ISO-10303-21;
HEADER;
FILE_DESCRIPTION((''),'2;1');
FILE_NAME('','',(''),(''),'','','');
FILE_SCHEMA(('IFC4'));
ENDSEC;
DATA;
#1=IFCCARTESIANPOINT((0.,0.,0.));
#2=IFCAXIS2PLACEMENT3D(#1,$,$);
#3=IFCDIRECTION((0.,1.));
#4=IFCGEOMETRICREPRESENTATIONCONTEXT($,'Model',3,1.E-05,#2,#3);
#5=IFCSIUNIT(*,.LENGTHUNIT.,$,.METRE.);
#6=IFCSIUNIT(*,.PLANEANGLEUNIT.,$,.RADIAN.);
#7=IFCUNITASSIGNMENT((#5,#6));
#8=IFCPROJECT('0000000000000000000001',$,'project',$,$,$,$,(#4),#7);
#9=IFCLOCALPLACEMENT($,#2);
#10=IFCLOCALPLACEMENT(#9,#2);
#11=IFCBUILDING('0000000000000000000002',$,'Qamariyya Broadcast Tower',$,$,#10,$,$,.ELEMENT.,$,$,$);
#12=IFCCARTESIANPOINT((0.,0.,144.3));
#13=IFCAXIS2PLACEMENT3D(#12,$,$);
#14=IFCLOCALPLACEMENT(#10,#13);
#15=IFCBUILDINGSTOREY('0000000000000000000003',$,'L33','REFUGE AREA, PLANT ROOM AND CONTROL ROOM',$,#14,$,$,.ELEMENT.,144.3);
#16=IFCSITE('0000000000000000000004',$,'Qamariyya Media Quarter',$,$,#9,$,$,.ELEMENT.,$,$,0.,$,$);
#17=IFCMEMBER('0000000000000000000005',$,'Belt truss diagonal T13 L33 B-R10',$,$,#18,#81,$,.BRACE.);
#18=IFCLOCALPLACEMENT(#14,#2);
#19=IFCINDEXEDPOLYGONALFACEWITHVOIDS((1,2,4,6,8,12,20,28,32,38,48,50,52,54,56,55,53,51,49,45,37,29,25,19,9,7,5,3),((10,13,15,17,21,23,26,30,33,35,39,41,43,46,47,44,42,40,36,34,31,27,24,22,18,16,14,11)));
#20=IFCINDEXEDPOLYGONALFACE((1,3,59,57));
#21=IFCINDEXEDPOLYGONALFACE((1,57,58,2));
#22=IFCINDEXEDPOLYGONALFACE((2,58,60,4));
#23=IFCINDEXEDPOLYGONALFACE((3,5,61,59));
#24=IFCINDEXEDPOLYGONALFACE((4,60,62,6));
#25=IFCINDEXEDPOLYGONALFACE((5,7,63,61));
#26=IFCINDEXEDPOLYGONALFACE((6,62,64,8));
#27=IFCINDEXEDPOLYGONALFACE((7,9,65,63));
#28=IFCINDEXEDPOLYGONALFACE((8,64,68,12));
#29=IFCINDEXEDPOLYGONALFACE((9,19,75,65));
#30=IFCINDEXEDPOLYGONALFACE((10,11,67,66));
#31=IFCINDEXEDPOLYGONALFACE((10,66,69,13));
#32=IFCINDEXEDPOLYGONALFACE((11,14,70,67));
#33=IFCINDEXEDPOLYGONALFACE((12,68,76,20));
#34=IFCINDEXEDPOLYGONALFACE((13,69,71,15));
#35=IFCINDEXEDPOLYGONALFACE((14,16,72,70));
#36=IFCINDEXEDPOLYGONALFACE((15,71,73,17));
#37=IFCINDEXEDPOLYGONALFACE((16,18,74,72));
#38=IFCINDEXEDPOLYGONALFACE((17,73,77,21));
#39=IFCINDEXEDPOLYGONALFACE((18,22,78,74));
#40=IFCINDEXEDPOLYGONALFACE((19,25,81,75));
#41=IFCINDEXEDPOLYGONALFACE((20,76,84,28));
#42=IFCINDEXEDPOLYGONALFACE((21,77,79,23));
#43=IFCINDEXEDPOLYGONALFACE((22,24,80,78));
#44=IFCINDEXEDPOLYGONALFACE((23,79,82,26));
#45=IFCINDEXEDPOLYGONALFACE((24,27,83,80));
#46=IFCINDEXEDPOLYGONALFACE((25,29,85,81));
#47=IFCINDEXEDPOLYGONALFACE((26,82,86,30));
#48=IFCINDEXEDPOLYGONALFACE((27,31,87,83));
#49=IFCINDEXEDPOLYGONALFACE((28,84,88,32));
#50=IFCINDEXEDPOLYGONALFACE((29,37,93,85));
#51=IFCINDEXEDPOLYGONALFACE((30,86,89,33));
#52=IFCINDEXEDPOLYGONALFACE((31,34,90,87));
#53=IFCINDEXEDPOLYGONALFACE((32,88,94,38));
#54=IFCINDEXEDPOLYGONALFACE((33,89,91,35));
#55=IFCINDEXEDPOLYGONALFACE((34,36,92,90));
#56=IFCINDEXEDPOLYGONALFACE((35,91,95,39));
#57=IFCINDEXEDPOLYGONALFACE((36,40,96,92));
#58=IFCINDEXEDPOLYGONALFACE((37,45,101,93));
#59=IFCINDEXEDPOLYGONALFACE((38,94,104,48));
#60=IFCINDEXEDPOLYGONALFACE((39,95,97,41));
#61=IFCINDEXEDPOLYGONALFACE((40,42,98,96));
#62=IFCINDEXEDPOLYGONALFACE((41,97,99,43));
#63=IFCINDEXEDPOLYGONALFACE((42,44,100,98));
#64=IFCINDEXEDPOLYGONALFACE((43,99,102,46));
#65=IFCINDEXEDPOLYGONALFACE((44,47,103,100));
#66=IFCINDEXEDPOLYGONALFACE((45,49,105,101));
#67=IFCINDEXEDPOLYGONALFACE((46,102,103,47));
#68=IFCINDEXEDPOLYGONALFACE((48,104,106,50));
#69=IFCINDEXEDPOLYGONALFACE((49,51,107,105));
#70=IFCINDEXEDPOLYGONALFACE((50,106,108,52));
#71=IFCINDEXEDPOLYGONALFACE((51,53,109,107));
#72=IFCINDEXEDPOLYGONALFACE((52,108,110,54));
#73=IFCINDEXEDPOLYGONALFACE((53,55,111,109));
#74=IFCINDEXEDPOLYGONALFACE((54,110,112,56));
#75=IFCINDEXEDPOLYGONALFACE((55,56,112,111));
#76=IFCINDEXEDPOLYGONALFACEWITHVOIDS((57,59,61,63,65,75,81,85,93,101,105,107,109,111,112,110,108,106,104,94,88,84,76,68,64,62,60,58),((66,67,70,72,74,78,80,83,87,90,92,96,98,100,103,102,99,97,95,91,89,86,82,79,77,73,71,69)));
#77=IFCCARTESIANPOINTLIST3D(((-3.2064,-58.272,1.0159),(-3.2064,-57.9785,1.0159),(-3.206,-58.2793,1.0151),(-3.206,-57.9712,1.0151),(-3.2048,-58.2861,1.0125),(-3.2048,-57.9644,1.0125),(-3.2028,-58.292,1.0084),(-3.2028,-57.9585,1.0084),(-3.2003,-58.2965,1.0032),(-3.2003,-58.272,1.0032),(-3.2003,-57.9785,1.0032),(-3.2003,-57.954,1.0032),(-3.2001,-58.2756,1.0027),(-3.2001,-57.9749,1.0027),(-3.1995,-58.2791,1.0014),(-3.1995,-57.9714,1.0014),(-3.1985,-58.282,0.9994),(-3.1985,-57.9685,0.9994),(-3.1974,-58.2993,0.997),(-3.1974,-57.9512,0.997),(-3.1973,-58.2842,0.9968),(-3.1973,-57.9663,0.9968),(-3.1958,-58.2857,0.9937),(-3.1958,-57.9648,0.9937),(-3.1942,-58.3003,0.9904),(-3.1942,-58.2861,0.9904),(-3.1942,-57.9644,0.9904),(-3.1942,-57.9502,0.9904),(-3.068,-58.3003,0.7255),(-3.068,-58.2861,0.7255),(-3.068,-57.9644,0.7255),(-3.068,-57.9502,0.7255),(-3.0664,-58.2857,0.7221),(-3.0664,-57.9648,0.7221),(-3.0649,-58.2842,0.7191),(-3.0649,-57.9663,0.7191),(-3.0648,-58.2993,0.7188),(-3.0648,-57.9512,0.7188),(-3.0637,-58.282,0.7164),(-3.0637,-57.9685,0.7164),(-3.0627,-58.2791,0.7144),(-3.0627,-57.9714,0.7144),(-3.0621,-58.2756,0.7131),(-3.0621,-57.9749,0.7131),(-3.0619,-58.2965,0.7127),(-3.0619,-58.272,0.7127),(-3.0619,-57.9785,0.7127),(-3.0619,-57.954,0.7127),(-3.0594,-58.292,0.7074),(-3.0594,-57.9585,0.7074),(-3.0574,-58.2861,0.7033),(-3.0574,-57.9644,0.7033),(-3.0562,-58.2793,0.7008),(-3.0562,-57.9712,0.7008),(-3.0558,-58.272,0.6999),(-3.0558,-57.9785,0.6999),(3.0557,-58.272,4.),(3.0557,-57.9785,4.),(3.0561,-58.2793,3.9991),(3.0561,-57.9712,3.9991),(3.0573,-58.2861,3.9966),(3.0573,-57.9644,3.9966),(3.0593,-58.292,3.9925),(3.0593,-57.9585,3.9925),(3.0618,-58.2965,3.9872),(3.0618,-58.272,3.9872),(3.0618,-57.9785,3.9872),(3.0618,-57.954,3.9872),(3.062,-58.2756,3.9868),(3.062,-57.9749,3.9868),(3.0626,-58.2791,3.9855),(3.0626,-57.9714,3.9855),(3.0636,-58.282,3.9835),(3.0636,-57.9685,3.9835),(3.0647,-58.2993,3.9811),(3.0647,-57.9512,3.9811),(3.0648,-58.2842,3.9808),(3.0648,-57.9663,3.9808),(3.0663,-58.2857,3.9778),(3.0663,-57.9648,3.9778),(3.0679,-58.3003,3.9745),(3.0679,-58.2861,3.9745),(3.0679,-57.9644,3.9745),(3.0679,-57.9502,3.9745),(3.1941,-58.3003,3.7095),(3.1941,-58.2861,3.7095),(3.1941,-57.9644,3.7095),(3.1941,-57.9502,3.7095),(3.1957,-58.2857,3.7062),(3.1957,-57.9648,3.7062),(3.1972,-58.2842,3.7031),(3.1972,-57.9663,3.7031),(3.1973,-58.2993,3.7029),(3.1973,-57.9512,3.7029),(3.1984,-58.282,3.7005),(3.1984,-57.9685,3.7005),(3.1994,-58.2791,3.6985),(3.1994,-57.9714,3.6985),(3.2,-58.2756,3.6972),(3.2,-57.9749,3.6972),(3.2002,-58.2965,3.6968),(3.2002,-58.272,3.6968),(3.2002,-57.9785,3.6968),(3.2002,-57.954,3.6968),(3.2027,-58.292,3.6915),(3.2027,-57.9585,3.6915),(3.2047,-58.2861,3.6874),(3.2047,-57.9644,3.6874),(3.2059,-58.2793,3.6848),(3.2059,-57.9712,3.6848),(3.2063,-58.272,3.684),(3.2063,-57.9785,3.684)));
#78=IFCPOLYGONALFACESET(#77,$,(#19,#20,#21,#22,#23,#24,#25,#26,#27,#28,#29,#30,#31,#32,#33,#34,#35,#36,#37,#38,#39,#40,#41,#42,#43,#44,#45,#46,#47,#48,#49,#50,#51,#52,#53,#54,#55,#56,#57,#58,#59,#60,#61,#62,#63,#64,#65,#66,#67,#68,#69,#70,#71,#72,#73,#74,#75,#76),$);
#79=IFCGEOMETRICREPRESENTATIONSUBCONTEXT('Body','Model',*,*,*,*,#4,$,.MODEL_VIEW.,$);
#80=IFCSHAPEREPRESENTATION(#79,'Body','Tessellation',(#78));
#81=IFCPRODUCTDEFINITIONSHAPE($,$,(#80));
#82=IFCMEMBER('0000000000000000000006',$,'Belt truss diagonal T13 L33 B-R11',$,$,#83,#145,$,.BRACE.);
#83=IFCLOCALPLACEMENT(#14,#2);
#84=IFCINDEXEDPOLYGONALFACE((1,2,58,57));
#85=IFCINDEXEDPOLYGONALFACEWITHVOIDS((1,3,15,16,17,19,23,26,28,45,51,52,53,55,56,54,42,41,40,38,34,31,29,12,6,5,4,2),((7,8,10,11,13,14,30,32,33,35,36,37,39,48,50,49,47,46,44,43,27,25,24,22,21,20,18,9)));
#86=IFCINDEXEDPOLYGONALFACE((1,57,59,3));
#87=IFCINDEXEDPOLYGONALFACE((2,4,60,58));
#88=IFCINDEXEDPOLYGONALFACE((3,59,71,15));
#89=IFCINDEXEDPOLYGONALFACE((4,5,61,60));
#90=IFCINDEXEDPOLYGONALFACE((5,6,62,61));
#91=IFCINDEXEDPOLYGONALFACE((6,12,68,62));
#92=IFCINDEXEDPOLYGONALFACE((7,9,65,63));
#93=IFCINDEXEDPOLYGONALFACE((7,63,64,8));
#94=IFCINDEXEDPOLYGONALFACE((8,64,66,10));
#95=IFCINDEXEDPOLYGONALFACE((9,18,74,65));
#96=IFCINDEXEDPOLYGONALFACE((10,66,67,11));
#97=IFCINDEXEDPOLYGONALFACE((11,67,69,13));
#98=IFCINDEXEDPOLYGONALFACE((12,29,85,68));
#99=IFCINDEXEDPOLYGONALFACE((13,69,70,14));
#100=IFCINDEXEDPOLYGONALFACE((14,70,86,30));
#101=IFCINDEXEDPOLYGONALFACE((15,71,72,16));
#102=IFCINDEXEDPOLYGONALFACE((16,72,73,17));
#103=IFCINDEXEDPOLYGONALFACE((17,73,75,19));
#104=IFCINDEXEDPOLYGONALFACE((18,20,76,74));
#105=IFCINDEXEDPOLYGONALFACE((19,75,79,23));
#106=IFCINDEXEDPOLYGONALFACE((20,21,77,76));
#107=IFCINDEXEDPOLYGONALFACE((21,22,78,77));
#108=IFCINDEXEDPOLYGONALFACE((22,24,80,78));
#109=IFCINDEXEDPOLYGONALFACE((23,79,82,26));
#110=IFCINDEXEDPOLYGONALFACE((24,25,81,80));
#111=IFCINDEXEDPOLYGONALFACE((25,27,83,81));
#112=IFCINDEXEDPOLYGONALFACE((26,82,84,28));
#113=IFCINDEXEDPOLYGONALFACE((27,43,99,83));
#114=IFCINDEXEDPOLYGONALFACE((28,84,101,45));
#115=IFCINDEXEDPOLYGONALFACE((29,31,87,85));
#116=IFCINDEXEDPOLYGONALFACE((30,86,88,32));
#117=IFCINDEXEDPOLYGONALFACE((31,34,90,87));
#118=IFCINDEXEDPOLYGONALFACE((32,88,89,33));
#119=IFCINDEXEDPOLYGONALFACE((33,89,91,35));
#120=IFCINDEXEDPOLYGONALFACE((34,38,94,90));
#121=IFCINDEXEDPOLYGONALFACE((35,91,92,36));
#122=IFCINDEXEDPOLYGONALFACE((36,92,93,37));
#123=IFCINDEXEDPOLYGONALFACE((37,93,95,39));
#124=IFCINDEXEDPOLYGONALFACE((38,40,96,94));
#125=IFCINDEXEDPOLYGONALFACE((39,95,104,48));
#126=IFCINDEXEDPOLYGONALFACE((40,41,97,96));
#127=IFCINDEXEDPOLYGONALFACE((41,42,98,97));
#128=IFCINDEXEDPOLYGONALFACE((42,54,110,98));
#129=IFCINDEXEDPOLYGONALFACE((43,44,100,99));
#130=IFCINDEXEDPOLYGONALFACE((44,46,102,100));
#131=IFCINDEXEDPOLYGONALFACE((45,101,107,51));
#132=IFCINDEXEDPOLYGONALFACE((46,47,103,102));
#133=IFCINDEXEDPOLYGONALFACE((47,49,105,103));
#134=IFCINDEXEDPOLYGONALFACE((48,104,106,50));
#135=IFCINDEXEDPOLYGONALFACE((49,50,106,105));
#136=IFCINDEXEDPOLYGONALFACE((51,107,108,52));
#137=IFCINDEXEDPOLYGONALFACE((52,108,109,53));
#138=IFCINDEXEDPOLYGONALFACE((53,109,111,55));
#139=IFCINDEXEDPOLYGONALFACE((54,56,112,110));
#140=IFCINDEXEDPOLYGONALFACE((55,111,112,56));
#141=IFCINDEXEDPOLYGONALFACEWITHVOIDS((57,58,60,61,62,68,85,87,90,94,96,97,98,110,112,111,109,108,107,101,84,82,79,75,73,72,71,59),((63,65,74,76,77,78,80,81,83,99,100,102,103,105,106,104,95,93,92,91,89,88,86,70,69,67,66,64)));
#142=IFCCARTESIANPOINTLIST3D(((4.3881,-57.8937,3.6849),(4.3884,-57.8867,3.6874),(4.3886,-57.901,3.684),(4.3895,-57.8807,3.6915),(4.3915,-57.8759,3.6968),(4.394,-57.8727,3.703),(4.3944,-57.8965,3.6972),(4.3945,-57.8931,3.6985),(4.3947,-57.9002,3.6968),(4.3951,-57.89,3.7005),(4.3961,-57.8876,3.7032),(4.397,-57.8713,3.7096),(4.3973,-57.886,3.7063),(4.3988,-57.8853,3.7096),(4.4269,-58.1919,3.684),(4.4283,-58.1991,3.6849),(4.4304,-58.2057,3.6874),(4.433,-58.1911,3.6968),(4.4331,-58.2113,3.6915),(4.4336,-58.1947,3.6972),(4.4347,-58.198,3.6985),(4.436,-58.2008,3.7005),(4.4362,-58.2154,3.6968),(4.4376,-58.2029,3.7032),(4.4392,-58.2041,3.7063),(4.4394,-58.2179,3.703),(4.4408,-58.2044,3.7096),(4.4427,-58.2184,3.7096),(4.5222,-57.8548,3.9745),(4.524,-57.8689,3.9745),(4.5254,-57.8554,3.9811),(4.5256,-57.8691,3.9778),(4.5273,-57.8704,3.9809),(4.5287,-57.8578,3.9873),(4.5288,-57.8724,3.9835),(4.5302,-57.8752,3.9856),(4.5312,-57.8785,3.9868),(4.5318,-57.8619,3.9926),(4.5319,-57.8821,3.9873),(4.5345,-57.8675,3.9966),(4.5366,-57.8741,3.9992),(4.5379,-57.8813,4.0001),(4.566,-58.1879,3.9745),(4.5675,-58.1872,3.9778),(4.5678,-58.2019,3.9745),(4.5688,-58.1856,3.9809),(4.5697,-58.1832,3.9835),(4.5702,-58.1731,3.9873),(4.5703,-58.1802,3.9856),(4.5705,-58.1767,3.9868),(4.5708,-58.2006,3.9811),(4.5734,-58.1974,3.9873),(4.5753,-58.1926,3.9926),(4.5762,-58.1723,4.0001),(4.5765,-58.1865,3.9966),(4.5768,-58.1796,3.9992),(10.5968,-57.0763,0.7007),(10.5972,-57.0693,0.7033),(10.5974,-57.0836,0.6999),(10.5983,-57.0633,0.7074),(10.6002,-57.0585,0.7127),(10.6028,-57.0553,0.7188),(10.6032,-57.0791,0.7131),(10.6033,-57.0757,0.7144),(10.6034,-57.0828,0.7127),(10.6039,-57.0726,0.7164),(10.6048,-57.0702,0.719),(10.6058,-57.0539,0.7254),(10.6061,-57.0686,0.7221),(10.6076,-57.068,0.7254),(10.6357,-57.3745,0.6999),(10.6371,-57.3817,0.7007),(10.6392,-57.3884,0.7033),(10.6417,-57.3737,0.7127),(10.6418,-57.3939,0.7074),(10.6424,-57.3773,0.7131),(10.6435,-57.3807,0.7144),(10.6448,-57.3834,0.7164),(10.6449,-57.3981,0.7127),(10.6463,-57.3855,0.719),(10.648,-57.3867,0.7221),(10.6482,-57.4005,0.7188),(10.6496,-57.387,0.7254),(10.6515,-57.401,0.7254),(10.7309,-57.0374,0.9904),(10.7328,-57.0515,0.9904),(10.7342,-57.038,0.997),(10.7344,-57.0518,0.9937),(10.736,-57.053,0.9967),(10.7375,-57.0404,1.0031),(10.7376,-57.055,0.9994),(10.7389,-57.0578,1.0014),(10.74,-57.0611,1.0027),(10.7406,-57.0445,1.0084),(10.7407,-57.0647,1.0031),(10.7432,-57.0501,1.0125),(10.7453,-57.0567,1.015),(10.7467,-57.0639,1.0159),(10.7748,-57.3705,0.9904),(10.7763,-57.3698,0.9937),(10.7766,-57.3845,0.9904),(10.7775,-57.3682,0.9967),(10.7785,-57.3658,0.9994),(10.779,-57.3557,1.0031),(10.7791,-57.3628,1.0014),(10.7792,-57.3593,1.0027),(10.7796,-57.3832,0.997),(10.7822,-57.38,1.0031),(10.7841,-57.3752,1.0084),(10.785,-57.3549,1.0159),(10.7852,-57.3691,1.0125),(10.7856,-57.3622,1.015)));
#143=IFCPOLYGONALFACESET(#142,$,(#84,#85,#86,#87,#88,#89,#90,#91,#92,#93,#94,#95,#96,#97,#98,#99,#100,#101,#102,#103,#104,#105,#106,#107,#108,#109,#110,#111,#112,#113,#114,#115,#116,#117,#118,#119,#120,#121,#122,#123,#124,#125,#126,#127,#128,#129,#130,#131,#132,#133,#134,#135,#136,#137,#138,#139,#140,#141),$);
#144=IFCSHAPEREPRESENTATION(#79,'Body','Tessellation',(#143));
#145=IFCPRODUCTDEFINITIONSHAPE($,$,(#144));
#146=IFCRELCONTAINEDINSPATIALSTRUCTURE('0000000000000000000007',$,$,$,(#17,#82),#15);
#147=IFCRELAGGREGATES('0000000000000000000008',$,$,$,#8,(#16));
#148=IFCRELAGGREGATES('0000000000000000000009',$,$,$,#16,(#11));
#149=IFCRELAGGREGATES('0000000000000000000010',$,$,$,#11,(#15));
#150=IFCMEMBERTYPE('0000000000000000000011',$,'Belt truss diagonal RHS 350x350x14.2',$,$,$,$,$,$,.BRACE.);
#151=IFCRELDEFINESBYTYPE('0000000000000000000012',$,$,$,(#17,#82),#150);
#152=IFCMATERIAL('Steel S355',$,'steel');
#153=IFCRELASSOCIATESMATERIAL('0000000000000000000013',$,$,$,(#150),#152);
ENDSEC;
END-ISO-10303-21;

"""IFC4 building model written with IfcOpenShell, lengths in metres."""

from ifc_helpers import new_model, si_unit, direction, frame, origin, origin_2d, place, context, subcontext, project, spatial, hollow_rectangle, extrude, material, material_profile, profile_set, type_object, element, save


model = new_model("IFC4")

# Units and contexts
model_context = context("Model", 3, precision=1e-05, world=origin(), true_north=direction((0.0, 1.0)))
body_context = subcontext(model_context, "Body", "Model", "MODEL_VIEW")
ifc_project = project(units=[si_unit("LENGTHUNIT", "METRE"), si_unit("PLANEANGLEUNIT", "RADIAN")], contexts=[model_context])

# Site, building, storey
site_placement = place(None, origin())
site = spatial("IfcSite", under=ifc_project, at=site_placement, Name="Qamariyya Media Quarter", CompositionType="ELEMENT", RefElevation=0.0)
building_placement = place(site_placement, origin())
building = spatial("IfcBuilding", under=site, at=building_placement, Name="Qamariyya Broadcast Tower", CompositionType="ELEMENT")
storey_placement = place(building_placement, frame((0.0, 0.0, 144.3)))
storey = spatial("IfcBuildingStorey", under=building, at=storey_placement, Name="L33", Description="REFUGE AREA, PLANT ROOM AND CONTROL ROOM", CompositionType="ELEMENT", Elevation=144.3)

# Members
ifc_material_1 = material(Name="Steel S355", Category="steel")
ifc_material_profile_1 = material_profile(ifc_material_1, hollow_rectangle(XDim=0.3501, YDim=0.3501, WallThickness=0.0142, InnerFilletRadius=0.0142, OuterFilletRadius=0.0283, at=origin_2d()))
ifc_profile_set_1 = profile_set([ifc_material_profile_1], Name="Steel S355")
member_type_1 = type_object("IfcMemberType", Name="Belt truss diagonal RHS 350x350x14.2", PredefinedType="BRACE", material=ifc_profile_set_1)
member_1_placement = place(storey_placement, frame((-3.1311, -58.1252, 0.8579), z_axis=(0.902741, 0.0, 0.430184), x_axis=(0.0, 1.0, 0.0)))
element("IfcMember", 1, at=member_1_placement, inside=storey, type_object=member_type_1, Name="Belt truss diagonal T13 L33 B-R10", PredefinedType="BRACE", context=body_context, shape_type="SweptSolid", body=[
    extrude(hollow_rectangle(XDim=0.3501, YDim=0.3501, WallThickness=0.0142, InnerFilletRadius=0.0142, OuterFilletRadius=0.0283, at=origin_2d()), origin(), (0.0, 0.0, 1.0), 6.9368),
])
member_2_placement = place(storey_placement, frame((4.4824, -58.0366, 3.842), z_axis=(0.895021, 0.11783, -0.430178), x_axis=(-0.130524, 0.991445, 0.0)))
element("IfcMember", 2, at=member_2_placement, inside=storey, type_object=member_type_1, Name="Belt truss diagonal T13 L33 B-R11", PredefinedType="BRACE", context=body_context, shape_type="SweptSolid", body=[
    extrude(hollow_rectangle(XDim=0.3501, YDim=0.3501, WallThickness=0.0142, InnerFilletRadius=0.0142, OuterFilletRadius=0.0283, at=origin_2d()), origin(), (0.0, 0.0, 1.0), 6.937),
])

save(model, "model.ifc")
